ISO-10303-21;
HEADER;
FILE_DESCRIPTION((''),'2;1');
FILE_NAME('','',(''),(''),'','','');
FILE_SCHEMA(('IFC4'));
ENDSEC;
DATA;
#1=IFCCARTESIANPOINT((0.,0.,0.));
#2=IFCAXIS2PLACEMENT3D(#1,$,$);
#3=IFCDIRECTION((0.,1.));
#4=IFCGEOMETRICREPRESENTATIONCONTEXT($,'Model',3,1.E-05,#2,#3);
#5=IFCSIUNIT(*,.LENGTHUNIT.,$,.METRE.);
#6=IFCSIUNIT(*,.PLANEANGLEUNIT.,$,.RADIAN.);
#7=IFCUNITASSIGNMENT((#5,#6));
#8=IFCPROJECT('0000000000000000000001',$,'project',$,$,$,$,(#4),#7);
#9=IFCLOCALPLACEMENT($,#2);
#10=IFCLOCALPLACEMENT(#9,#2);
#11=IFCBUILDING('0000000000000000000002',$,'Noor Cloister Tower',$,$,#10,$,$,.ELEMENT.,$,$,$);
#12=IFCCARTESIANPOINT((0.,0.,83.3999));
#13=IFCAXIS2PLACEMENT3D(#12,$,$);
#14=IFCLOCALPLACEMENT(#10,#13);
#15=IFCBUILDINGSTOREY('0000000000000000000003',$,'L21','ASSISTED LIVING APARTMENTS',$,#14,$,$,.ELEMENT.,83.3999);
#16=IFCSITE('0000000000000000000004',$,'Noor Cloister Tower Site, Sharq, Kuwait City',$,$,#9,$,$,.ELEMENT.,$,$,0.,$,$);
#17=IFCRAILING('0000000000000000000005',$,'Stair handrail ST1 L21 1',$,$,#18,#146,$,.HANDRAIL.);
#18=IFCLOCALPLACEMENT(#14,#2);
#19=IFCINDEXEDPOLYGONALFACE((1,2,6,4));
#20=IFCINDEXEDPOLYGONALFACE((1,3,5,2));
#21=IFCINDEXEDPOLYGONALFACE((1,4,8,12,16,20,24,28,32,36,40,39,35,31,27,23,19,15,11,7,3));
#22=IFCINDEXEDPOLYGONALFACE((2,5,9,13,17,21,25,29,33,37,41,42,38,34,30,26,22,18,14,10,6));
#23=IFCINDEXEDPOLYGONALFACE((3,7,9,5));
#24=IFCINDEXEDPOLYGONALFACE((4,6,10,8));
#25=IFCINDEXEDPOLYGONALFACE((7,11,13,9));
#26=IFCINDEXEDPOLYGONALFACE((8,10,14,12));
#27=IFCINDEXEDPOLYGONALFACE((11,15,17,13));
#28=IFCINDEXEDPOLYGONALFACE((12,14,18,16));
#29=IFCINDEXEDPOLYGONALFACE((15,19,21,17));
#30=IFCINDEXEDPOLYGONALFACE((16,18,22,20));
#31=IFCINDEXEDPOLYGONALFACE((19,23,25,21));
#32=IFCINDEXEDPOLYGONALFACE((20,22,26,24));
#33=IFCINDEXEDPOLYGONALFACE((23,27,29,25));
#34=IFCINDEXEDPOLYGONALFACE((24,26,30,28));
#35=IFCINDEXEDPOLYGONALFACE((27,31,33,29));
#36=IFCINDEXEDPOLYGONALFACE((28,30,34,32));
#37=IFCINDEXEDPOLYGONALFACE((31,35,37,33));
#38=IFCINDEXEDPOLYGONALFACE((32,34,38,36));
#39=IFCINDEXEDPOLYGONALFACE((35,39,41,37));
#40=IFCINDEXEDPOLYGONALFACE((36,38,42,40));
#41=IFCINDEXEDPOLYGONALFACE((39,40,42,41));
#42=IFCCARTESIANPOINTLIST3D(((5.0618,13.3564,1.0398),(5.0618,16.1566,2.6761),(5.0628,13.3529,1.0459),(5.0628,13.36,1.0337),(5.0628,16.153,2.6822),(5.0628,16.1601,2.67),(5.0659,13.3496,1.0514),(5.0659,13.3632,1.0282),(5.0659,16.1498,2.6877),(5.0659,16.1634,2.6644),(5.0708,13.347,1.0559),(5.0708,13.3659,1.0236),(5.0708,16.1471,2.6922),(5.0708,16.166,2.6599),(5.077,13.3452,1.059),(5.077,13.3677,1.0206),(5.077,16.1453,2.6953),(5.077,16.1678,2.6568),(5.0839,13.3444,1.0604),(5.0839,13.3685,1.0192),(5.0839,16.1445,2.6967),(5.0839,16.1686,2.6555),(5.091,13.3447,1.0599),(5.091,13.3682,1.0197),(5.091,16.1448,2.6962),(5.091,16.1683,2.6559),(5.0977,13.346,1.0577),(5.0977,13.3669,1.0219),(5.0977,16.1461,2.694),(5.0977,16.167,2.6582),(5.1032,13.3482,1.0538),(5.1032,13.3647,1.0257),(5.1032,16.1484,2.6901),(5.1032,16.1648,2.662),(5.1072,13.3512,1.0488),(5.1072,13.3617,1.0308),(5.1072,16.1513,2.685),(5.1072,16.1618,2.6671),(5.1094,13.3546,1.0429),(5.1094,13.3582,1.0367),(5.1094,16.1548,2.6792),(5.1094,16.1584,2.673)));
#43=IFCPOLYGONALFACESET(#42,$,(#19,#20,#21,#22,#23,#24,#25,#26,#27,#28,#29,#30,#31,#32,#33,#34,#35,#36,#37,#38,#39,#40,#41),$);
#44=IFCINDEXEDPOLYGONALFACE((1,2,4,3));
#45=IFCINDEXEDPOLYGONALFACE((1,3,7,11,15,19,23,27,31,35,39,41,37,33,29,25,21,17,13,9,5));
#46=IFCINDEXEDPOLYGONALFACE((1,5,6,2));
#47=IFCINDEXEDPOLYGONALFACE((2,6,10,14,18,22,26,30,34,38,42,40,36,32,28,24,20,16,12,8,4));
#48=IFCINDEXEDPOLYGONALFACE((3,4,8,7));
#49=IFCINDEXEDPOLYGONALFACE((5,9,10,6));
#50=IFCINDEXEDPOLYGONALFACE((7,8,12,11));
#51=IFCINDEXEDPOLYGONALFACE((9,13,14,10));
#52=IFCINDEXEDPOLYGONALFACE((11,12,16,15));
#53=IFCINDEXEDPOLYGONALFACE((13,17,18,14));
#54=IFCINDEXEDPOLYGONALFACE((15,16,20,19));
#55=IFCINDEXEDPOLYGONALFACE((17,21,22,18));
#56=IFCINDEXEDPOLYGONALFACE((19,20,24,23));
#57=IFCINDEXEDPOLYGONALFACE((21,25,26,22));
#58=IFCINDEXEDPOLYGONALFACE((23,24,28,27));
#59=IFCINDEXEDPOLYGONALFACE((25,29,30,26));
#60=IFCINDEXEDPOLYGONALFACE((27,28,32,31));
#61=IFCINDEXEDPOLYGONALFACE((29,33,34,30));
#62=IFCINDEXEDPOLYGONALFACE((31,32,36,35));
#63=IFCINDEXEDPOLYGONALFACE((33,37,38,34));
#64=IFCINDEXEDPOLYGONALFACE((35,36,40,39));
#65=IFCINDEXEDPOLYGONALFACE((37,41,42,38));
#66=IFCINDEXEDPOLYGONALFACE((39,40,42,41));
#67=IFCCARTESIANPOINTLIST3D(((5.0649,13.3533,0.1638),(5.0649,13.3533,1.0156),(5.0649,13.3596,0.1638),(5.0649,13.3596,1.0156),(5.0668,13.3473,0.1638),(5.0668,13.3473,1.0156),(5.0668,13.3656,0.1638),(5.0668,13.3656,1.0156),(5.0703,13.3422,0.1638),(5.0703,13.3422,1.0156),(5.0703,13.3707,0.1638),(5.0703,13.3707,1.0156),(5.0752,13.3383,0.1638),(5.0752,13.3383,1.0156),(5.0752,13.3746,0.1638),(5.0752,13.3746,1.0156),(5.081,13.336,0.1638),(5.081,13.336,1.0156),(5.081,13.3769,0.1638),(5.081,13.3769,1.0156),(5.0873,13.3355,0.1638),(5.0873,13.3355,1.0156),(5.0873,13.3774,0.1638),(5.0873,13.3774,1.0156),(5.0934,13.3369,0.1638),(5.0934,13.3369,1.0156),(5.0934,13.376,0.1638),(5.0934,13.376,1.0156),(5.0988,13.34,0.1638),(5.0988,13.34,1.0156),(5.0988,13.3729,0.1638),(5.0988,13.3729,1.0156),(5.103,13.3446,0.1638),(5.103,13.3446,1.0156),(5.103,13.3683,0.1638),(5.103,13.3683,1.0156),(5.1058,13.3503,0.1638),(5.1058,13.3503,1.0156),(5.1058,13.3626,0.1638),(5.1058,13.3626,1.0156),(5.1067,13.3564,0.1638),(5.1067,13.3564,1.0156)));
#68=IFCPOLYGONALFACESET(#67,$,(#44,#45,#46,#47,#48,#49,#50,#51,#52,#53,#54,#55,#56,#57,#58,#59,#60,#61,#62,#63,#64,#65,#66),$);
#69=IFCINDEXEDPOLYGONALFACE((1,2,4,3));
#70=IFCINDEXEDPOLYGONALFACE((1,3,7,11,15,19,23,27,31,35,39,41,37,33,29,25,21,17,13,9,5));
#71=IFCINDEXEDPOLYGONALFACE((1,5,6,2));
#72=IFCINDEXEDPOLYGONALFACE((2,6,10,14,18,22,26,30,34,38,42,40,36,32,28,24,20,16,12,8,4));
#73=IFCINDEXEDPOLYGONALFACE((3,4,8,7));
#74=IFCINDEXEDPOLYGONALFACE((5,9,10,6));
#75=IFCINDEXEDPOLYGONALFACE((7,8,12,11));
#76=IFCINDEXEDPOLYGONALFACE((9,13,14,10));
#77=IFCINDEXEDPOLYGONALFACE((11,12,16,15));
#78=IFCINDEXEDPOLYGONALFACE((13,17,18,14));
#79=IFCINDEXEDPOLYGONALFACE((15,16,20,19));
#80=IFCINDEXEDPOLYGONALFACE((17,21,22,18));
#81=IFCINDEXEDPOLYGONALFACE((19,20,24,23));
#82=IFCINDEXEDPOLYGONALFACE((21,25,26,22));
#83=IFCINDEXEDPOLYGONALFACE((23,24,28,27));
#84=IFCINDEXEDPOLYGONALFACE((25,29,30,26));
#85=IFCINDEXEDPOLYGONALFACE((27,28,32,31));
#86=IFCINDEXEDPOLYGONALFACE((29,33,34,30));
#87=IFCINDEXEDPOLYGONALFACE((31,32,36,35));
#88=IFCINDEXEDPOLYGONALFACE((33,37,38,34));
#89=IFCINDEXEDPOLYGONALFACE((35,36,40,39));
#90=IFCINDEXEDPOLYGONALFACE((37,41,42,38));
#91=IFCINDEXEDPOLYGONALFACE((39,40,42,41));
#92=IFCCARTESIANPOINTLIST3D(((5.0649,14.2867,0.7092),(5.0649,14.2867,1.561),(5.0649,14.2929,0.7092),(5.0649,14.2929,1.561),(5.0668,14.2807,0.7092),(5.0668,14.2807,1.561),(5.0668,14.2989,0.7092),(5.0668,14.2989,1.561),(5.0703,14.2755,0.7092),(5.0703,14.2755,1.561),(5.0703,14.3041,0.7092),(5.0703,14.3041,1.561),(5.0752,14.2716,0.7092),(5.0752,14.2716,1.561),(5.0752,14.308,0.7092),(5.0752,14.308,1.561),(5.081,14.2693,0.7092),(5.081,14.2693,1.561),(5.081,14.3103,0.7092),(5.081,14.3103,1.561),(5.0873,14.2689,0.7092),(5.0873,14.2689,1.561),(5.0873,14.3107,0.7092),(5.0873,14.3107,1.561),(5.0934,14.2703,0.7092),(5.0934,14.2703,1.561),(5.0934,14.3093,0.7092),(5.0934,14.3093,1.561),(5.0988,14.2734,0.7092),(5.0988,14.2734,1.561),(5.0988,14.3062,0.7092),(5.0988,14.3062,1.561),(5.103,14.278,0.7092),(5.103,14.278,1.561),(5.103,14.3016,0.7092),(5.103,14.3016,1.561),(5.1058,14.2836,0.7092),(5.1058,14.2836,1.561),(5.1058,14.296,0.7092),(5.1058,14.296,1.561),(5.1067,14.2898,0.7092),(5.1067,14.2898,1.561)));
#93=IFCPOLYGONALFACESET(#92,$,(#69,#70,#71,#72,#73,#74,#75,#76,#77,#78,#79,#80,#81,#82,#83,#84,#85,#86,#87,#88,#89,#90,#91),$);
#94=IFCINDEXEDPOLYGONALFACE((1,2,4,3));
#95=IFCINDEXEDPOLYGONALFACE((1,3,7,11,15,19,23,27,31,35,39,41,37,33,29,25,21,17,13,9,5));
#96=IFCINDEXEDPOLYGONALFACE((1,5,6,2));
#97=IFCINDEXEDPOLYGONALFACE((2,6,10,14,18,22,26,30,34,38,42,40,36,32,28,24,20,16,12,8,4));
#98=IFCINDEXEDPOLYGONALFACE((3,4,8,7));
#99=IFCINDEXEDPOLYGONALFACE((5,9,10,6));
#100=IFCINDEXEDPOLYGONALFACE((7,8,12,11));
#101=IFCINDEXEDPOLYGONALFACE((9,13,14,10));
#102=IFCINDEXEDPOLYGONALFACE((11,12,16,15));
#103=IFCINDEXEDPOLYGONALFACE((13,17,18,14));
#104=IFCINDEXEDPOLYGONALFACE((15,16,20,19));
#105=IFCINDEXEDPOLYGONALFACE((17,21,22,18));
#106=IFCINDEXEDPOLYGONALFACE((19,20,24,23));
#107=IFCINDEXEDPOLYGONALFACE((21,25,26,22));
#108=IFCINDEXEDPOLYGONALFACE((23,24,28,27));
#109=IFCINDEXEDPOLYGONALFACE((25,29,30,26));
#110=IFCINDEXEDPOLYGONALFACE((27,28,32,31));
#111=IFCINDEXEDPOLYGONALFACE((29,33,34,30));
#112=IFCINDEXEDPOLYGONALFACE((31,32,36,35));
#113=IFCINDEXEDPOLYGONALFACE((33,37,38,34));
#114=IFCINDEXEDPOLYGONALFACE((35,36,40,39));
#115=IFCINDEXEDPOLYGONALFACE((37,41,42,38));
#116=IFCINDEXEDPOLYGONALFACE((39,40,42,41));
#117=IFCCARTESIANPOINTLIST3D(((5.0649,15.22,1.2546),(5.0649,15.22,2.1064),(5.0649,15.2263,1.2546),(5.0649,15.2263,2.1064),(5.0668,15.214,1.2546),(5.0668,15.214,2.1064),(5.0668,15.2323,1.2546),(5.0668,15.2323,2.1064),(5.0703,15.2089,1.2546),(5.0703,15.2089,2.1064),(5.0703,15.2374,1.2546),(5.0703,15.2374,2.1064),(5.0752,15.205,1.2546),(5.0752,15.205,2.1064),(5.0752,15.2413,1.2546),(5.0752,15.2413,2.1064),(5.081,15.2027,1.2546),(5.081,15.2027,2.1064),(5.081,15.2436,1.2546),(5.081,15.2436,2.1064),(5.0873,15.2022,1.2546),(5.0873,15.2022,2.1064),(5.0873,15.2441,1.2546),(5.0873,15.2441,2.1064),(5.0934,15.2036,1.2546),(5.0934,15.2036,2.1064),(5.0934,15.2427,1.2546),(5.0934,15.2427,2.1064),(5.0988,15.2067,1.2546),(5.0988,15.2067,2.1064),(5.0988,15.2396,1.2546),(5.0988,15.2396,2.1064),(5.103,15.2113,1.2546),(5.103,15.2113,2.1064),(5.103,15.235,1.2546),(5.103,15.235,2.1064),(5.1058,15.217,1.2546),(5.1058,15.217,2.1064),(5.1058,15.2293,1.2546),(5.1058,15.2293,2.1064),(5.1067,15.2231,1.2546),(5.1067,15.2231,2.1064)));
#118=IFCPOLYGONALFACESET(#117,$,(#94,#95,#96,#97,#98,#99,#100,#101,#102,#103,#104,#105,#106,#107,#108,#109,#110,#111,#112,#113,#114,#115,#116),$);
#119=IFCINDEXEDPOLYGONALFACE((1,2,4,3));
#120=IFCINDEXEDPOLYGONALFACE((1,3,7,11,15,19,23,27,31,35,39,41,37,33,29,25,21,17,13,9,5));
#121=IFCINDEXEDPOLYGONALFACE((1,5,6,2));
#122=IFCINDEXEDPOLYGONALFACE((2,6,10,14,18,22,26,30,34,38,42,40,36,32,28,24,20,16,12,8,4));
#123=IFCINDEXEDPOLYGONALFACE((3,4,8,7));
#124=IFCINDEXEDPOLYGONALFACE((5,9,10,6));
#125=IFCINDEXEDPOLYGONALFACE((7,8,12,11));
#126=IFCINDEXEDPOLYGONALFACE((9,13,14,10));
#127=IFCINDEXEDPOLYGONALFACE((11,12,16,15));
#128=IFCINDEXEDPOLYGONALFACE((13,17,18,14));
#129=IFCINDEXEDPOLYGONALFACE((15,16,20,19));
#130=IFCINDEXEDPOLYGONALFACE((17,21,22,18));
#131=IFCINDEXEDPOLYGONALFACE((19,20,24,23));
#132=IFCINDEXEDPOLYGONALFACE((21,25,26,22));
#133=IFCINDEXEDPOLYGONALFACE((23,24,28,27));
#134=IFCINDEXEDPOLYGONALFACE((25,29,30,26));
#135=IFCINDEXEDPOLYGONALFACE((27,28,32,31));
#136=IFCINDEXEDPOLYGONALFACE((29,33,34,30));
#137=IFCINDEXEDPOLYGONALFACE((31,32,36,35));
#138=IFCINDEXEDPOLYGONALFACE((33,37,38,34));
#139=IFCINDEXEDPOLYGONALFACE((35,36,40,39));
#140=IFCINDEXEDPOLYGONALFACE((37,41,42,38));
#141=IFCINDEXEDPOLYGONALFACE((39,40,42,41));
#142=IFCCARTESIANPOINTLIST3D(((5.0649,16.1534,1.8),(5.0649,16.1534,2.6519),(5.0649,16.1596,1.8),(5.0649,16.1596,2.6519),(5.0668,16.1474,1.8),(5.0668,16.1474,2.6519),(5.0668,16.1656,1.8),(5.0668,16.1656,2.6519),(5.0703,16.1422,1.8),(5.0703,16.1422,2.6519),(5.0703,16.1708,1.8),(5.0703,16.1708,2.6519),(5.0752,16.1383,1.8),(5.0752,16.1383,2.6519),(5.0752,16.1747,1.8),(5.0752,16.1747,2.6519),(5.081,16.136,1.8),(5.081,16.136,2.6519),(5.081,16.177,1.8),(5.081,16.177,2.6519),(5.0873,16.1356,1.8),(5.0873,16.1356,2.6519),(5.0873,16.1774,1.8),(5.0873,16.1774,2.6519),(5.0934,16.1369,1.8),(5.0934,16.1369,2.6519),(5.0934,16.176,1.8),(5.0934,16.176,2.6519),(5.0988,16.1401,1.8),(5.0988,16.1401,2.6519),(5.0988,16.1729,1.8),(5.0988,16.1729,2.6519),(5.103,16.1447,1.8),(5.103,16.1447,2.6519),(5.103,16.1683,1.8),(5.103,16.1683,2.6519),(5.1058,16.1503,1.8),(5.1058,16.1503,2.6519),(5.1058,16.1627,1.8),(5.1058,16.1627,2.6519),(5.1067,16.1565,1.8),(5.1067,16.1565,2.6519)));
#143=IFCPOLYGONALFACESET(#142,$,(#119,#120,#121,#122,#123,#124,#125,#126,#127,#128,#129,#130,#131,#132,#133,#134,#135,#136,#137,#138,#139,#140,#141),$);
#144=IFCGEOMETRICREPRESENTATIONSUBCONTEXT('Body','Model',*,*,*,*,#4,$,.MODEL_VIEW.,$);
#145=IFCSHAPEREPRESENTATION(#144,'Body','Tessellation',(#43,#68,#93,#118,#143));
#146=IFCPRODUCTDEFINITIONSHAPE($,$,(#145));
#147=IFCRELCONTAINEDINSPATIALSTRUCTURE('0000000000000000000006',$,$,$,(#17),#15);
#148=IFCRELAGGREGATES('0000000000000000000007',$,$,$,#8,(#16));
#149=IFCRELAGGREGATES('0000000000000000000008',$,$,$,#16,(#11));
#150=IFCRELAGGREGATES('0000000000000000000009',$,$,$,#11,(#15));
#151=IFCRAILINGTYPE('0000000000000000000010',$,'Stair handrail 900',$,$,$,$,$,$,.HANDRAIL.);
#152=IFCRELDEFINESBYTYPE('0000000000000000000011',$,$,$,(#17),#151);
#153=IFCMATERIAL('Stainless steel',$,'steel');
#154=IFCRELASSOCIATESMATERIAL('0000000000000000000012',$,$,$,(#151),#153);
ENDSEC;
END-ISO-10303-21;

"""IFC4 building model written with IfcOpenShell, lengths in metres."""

from ifc_helpers import new_model, si_unit, direction, frame, origin, origin_2d, place, context, subcontext, project, spatial, circle, extrude, material, type_object, element, save


model = new_model("IFC4")

# Units and contexts
model_context = context("Model", 3, precision=1e-05, world=origin(), true_north=direction((0.0, 1.0)))
body_context = subcontext(model_context, "Body", "Model", "MODEL_VIEW")
ifc_project = project(units=[si_unit("LENGTHUNIT", "METRE"), si_unit("PLANEANGLEUNIT", "RADIAN")], contexts=[model_context])

# Site, building, storey
site_placement = place(None, origin())
site = spatial("IfcSite", under=ifc_project, at=site_placement, Name="Noor Cloister Tower Site, Sharq, Kuwait City", CompositionType="ELEMENT", RefElevation=0.0)
building_placement = place(site_placement, origin())
building = spatial("IfcBuilding", under=site, at=building_placement, Name="Noor Cloister Tower", CompositionType="ELEMENT")
storey_placement = place(building_placement, frame((0.0, 0.0, 83.3999)))
storey = spatial("IfcBuildingStorey", under=building, at=storey_placement, Name="L21", Description="ASSISTED LIVING APARTMENTS", CompositionType="ELEMENT", Elevation=83.3999)

# Railing
ifc_material_1 = material(Name="Stainless steel", Category="steel")
railing_type_1 = type_object("IfcRailingType", Name="Stair handrail 900", PredefinedType="HANDRAIL", material=ifc_material_1)
railing_1_placement = place(storey_placement, frame((5.0857, 13.3564, 0.1638)))
element("IfcRailing", 1, at=railing_1_placement, inside=storey, type_object=railing_type_1, Name="Stair handrail ST1 L21 1", PredefinedType="HANDRAIL", context=body_context, shape_type="SweptSolid", body=[
    extrude(circle(Radius=0.0239, at=origin_2d()), frame((0.0, 0.0, 0.876), z_axis=(0.0, 0.863394, 0.504531), x_axis=(-1.0, 0.0, 0.0)), (0.0, 0.0, 1.0), 3.2432),
    extrude(circle(Radius=0.021, at=origin_2d()), origin(), (0.0, 0.0, 1.0), 0.8518),
    extrude(circle(Radius=0.021, at=origin_2d()), frame((0.0, 0.9333, 0.5454)), (0.0, 0.0, 1.0), 0.8518),
    extrude(circle(Radius=0.021, at=origin_2d()), frame((0.0, 1.8667, 1.0908)), (0.0, 0.0, 1.0), 0.8518),
    extrude(circle(Radius=0.021, at=origin_2d()), frame((0.0, 2.8, 1.6362)), (0.0, 0.0, 1.0), 0.8518),
])

save(model, "model.ifc")
